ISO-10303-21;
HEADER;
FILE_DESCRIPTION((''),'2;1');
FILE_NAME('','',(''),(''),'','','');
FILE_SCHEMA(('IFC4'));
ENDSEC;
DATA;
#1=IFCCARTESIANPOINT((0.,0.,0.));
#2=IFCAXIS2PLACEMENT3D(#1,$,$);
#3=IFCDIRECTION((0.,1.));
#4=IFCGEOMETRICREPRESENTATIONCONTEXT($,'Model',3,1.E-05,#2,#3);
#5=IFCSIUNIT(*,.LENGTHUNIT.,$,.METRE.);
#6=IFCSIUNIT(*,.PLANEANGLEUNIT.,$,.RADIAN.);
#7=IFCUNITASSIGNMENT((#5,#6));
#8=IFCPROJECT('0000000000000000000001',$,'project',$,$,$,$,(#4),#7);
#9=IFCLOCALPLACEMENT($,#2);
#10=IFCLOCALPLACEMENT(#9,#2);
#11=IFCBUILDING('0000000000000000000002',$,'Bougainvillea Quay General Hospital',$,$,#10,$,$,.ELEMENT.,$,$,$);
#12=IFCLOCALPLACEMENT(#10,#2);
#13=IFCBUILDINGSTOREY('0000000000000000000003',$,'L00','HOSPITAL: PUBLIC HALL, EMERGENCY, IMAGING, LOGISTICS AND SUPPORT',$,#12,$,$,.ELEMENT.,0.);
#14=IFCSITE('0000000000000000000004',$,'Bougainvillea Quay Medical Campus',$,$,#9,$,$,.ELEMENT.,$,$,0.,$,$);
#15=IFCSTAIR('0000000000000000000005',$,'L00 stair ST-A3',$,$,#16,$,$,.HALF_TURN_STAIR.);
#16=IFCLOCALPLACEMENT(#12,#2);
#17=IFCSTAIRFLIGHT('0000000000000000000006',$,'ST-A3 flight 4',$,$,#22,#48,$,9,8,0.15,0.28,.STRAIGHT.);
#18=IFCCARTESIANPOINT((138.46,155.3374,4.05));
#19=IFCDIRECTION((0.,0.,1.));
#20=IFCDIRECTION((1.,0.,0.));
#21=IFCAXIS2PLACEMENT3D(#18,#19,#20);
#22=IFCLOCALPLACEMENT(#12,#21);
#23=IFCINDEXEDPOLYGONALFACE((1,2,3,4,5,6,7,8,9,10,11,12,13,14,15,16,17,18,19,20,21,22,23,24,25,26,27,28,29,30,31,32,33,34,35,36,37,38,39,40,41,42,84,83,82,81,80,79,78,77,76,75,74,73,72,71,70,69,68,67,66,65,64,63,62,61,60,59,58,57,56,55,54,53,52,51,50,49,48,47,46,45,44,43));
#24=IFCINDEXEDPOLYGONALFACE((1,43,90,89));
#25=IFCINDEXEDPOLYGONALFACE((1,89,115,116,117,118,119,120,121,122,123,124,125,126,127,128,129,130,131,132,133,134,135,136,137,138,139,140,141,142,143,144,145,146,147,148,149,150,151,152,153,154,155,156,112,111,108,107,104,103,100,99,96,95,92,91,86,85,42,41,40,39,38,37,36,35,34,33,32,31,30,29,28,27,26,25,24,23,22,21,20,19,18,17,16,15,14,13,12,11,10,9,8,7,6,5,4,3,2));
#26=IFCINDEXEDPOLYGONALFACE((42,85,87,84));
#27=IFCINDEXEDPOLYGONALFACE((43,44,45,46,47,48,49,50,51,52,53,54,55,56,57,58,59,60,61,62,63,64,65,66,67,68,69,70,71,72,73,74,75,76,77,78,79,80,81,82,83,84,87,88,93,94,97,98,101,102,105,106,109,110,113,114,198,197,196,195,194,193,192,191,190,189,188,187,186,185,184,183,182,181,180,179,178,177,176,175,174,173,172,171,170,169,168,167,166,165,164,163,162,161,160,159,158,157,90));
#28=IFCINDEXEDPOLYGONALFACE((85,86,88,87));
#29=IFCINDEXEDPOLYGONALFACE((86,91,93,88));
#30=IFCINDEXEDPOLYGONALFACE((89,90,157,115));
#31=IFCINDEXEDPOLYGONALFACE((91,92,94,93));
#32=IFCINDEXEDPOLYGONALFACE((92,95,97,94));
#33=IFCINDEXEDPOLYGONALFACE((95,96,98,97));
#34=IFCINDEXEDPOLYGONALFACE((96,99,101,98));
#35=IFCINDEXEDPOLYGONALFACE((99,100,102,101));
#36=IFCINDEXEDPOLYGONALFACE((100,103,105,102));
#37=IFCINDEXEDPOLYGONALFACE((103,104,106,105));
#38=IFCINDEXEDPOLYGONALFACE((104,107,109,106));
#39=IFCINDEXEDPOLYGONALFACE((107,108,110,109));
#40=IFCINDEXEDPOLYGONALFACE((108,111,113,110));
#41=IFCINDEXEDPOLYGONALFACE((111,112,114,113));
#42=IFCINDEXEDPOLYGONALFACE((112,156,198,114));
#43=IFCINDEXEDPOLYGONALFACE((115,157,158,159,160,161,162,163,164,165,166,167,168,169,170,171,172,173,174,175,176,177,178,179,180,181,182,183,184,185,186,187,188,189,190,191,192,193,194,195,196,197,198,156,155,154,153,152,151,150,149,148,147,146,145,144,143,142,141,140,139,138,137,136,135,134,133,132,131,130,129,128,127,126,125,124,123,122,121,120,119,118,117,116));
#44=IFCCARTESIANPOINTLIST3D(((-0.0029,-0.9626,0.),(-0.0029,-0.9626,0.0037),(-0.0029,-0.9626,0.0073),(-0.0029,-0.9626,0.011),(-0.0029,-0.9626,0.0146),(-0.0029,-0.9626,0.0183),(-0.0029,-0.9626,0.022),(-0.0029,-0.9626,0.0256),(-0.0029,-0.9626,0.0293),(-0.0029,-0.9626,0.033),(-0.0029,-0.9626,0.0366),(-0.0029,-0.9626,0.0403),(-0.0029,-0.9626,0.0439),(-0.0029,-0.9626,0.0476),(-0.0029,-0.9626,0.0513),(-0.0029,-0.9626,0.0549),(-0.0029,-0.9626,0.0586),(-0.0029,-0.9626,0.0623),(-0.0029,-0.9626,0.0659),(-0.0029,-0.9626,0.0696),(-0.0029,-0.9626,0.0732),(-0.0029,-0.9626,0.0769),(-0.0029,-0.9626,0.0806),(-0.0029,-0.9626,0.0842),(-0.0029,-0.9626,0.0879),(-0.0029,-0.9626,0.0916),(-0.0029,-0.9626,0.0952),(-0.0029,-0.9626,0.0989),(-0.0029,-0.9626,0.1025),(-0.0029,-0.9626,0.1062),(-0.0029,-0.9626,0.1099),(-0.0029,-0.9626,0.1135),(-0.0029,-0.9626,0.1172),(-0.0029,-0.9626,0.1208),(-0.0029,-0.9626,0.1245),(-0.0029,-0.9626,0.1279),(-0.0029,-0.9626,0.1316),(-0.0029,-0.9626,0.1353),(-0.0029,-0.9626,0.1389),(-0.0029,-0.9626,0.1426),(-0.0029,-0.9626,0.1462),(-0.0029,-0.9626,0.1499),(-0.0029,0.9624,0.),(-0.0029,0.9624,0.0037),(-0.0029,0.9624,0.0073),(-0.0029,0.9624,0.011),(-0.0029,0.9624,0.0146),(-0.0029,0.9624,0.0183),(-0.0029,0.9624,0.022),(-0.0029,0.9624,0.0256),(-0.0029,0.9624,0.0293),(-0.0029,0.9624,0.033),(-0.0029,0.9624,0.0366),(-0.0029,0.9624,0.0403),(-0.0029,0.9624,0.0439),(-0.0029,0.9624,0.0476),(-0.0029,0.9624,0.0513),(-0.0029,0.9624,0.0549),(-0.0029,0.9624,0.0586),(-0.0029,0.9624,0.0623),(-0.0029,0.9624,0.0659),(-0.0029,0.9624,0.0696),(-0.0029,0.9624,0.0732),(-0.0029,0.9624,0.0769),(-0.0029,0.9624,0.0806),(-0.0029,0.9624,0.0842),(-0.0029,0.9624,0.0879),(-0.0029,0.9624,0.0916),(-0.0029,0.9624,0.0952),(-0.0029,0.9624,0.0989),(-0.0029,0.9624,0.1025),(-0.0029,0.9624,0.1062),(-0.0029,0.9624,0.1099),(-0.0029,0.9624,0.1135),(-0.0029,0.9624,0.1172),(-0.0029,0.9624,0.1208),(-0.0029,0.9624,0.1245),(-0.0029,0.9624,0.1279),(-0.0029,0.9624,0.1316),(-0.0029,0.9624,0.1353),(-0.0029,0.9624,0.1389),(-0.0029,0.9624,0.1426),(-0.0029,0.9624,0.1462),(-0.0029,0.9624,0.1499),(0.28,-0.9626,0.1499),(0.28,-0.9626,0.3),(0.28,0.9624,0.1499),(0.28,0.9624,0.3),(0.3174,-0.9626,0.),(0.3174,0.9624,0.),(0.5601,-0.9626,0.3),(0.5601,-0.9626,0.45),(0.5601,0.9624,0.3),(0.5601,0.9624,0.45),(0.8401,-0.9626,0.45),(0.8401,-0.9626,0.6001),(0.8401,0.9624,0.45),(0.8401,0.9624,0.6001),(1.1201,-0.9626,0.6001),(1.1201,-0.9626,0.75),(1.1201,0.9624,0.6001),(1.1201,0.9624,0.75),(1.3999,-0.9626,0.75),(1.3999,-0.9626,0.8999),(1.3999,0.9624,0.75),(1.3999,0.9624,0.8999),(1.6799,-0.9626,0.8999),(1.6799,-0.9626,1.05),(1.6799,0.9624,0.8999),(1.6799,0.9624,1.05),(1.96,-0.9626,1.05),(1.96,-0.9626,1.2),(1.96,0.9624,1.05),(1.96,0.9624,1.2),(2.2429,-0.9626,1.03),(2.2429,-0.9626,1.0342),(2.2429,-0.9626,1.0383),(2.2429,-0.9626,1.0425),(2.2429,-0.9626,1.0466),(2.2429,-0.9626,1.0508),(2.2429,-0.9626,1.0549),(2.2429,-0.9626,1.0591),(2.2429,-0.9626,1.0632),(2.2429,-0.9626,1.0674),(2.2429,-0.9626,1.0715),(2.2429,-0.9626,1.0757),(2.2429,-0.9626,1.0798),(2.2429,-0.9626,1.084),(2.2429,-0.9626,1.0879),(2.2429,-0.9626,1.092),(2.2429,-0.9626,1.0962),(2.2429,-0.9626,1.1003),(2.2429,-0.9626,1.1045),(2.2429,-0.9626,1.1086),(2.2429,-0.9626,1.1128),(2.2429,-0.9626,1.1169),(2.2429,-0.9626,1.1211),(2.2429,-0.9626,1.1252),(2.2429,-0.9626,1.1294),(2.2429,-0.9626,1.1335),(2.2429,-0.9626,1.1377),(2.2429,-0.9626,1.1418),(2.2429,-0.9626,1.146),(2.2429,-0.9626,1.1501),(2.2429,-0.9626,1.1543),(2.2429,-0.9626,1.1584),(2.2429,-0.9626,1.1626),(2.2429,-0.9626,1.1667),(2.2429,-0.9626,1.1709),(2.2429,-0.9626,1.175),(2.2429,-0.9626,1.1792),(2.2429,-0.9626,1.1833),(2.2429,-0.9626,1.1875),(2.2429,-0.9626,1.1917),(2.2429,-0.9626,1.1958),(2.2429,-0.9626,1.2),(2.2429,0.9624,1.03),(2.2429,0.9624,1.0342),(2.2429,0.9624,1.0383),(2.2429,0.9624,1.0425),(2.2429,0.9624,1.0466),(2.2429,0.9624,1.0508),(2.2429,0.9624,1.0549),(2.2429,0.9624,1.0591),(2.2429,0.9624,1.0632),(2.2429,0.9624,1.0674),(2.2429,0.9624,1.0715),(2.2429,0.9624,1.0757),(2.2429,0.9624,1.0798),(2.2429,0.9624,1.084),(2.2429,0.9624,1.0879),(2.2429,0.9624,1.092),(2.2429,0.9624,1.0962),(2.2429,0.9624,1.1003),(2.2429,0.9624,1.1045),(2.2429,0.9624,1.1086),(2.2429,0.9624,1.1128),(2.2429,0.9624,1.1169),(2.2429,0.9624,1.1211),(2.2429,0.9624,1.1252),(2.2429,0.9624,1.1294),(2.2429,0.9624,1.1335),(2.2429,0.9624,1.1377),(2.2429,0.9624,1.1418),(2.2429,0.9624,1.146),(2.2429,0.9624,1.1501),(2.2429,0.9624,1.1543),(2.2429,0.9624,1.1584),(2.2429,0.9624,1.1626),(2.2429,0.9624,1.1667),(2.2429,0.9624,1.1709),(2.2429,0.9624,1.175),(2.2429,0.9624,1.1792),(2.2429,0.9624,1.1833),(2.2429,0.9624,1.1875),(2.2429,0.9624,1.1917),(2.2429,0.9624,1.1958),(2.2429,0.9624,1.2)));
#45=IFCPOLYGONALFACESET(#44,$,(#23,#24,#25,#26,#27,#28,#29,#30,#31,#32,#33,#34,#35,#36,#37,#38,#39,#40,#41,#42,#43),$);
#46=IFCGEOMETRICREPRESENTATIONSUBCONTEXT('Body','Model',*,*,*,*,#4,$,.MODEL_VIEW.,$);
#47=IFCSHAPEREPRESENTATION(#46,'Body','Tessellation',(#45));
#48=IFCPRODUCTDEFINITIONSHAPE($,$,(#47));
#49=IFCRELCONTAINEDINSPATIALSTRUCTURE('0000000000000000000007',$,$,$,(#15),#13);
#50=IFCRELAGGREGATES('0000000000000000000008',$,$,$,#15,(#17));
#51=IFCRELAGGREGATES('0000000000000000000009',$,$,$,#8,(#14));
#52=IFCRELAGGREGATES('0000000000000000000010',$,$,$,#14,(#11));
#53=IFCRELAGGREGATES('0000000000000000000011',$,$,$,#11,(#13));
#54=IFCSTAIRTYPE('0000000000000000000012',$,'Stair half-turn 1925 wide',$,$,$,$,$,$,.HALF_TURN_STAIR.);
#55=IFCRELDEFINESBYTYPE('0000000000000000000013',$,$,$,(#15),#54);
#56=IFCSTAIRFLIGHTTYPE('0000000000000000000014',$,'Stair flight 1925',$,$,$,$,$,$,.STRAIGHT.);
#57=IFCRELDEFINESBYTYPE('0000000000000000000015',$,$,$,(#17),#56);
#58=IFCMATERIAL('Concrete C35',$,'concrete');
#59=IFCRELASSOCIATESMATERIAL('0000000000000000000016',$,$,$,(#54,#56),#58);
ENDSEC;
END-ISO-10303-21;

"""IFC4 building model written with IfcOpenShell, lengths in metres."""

from ifc_helpers import new_model, si_unit, direction, frame, origin, place, context, subcontext, project, spatial, polyline, outline, extrude, material, type_object, element, aggregate, save


model = new_model("IFC4")

# Units and contexts
model_context = context("Model", 3, precision=1e-05, world=origin(), true_north=direction((0.0, 1.0)))
body_context = subcontext(model_context, "Body", "Model", "MODEL_VIEW")
ifc_project = project(units=[si_unit("LENGTHUNIT", "METRE"), si_unit("PLANEANGLEUNIT", "RADIAN")], contexts=[model_context])

# Site, building, storey
site_placement = place(None, origin())
site = spatial("IfcSite", under=ifc_project, at=site_placement, Name="Bougainvillea Quay Medical Campus", CompositionType="ELEMENT", RefElevation=0.0)
building_placement = place(site_placement, origin())
building = spatial("IfcBuilding", under=site, at=building_placement, Name="Bougainvillea Quay General Hospital", CompositionType="ELEMENT")
storey_placement = place(building_placement, origin())
storey = spatial("IfcBuildingStorey", under=building, at=storey_placement, Name="L00", Description="HOSPITAL: PUBLIC HALL, EMERGENCY, IMAGING, LOGISTICS AND SUPPORT", CompositionType="ELEMENT", Elevation=0.0)

# Stair, stair flight
ifc_material_1 = material(Name="Concrete C35", Category="concrete")
stair_type = type_object("IfcStairType", Name="Stair half-turn 1925 wide", PredefinedType="HALF_TURN_STAIR", material=ifc_material_1)
stair_placement = place(storey_placement, origin())
stair = element("IfcStair", 1, at=stair_placement, inside=storey, type_object=stair_type, Name="L00 stair ST-A3", PredefinedType="HALF_TURN_STAIR")
stair_flight_type = type_object("IfcStairFlightType", Name="Stair flight 1925", PredefinedType="STRAIGHT", material=ifc_material_1)
stair_flight_1_placement = place(storey_placement, frame((138.46, 155.3374, 4.05), z_axis=(0.0, 0.0, 1.0), x_axis=(1.0, 0.0, 0.0)))
stair_flight_1 = element("IfcStairFlight", 2, at=stair_flight_1_placement, type_object=stair_flight_type, Name="ST-A3 flight 4", NumberOfRisers=9, NumberOfTreads=8, PredefinedType="STRAIGHT", RiserHeight=0.15, TreadLength=0.28, context=body_context, shape_type="SweptSolid", body=[
    extrude(outline(polyline([(-0.0029, 0.0), (-0.0029, 0.0037), (-0.0029, 0.0073), (-0.0029, 0.011), (-0.0029, 0.0146), (-0.0029, 0.0183), (-0.0029, 0.022), (-0.0029, 0.0256), (-0.0029, 0.0293), (-0.0029, 0.033), (-0.0029, 0.0366), (-0.0029, 0.0403), (-0.0029, 0.0439), (-0.0029, 0.0476), (-0.0029, 0.0513), (-0.0029, 0.0549), (-0.0029, 0.0586), (-0.0029, 0.0623), (-0.0029, 0.0659), (-0.0029, 0.0696), (-0.0029, 0.0732), (-0.0029, 0.0769), (-0.0029, 0.0806), (-0.0029, 0.0842), (-0.0029, 0.0879), (-0.0029, 0.0916), (-0.0029, 0.0952), (-0.0029, 0.0989), (-0.0029, 0.1025), (-0.0029, 0.1062), (-0.0029, 0.1099), (-0.0029, 0.1135), (-0.0029, 0.1172), (-0.0029, 0.1208), (-0.0029, 0.1245), (-0.0029, 0.1279), (-0.0029, 0.1316), (-0.0029, 0.1353), (-0.0029, 0.1389), (-0.0029, 0.1426), (-0.0029, 0.1462), (-0.0029, 0.1499), (0.28, 0.1499), (0.28, 0.3), (0.5601, 0.3), (0.5601, 0.45), (0.8401, 0.45), (0.8401, 0.6001), (1.1201, 0.6001), (1.1201, 0.75), (1.3999, 0.75), (1.3999, 0.8999), (1.6799, 0.8999), (1.6799, 1.05), (1.96, 1.05), (1.96, 1.2), (2.2429, 1.2), (2.2429, 1.1958), (2.2429, 1.1917), (2.2429, 1.1875), (2.2429, 1.1833), (2.2429, 1.1792), (2.2429, 1.175), (2.2429, 1.1709), (2.2429, 1.1667), (2.2429, 1.1626), (2.2429, 1.1584), (2.2429, 1.1543), (2.2429, 1.1501), (2.2429, 1.146), (2.2429, 1.1418), (2.2429, 1.1377), (2.2429, 1.1335), (2.2429, 1.1294), (2.2429, 1.1252), (2.2429, 1.1211), (2.2429, 1.1169), (2.2429, 1.1128), (2.2429, 1.1086), (2.2429, 1.1045), (2.2429, 1.1003), (2.2429, 1.0962), (2.2429, 1.092), (2.2429, 1.0879), (2.2429, 1.084), (2.2429, 1.0798), (2.2429, 1.0757), (2.2429, 1.0715), (2.2429, 1.0674), (2.2429, 1.0632), (2.2429, 1.0591), (2.2429, 1.0549), (2.2429, 1.0508), (2.2429, 1.0466), (2.2429, 1.0425), (2.2429, 1.0383), (2.2429, 1.0342), (2.2429, 1.03), (0.3174, 0.0), (-0.0029, 0.0)])), frame((0.0, 0.9624, 0.0), z_axis=(0.0, -1.0, 0.0), x_axis=(1.0, 0.0, 0.0)), (0.0, 0.0, 1.0), 1.925),
])
aggregate(stair, [stair_flight_1])

save(model, "model.ifc")
